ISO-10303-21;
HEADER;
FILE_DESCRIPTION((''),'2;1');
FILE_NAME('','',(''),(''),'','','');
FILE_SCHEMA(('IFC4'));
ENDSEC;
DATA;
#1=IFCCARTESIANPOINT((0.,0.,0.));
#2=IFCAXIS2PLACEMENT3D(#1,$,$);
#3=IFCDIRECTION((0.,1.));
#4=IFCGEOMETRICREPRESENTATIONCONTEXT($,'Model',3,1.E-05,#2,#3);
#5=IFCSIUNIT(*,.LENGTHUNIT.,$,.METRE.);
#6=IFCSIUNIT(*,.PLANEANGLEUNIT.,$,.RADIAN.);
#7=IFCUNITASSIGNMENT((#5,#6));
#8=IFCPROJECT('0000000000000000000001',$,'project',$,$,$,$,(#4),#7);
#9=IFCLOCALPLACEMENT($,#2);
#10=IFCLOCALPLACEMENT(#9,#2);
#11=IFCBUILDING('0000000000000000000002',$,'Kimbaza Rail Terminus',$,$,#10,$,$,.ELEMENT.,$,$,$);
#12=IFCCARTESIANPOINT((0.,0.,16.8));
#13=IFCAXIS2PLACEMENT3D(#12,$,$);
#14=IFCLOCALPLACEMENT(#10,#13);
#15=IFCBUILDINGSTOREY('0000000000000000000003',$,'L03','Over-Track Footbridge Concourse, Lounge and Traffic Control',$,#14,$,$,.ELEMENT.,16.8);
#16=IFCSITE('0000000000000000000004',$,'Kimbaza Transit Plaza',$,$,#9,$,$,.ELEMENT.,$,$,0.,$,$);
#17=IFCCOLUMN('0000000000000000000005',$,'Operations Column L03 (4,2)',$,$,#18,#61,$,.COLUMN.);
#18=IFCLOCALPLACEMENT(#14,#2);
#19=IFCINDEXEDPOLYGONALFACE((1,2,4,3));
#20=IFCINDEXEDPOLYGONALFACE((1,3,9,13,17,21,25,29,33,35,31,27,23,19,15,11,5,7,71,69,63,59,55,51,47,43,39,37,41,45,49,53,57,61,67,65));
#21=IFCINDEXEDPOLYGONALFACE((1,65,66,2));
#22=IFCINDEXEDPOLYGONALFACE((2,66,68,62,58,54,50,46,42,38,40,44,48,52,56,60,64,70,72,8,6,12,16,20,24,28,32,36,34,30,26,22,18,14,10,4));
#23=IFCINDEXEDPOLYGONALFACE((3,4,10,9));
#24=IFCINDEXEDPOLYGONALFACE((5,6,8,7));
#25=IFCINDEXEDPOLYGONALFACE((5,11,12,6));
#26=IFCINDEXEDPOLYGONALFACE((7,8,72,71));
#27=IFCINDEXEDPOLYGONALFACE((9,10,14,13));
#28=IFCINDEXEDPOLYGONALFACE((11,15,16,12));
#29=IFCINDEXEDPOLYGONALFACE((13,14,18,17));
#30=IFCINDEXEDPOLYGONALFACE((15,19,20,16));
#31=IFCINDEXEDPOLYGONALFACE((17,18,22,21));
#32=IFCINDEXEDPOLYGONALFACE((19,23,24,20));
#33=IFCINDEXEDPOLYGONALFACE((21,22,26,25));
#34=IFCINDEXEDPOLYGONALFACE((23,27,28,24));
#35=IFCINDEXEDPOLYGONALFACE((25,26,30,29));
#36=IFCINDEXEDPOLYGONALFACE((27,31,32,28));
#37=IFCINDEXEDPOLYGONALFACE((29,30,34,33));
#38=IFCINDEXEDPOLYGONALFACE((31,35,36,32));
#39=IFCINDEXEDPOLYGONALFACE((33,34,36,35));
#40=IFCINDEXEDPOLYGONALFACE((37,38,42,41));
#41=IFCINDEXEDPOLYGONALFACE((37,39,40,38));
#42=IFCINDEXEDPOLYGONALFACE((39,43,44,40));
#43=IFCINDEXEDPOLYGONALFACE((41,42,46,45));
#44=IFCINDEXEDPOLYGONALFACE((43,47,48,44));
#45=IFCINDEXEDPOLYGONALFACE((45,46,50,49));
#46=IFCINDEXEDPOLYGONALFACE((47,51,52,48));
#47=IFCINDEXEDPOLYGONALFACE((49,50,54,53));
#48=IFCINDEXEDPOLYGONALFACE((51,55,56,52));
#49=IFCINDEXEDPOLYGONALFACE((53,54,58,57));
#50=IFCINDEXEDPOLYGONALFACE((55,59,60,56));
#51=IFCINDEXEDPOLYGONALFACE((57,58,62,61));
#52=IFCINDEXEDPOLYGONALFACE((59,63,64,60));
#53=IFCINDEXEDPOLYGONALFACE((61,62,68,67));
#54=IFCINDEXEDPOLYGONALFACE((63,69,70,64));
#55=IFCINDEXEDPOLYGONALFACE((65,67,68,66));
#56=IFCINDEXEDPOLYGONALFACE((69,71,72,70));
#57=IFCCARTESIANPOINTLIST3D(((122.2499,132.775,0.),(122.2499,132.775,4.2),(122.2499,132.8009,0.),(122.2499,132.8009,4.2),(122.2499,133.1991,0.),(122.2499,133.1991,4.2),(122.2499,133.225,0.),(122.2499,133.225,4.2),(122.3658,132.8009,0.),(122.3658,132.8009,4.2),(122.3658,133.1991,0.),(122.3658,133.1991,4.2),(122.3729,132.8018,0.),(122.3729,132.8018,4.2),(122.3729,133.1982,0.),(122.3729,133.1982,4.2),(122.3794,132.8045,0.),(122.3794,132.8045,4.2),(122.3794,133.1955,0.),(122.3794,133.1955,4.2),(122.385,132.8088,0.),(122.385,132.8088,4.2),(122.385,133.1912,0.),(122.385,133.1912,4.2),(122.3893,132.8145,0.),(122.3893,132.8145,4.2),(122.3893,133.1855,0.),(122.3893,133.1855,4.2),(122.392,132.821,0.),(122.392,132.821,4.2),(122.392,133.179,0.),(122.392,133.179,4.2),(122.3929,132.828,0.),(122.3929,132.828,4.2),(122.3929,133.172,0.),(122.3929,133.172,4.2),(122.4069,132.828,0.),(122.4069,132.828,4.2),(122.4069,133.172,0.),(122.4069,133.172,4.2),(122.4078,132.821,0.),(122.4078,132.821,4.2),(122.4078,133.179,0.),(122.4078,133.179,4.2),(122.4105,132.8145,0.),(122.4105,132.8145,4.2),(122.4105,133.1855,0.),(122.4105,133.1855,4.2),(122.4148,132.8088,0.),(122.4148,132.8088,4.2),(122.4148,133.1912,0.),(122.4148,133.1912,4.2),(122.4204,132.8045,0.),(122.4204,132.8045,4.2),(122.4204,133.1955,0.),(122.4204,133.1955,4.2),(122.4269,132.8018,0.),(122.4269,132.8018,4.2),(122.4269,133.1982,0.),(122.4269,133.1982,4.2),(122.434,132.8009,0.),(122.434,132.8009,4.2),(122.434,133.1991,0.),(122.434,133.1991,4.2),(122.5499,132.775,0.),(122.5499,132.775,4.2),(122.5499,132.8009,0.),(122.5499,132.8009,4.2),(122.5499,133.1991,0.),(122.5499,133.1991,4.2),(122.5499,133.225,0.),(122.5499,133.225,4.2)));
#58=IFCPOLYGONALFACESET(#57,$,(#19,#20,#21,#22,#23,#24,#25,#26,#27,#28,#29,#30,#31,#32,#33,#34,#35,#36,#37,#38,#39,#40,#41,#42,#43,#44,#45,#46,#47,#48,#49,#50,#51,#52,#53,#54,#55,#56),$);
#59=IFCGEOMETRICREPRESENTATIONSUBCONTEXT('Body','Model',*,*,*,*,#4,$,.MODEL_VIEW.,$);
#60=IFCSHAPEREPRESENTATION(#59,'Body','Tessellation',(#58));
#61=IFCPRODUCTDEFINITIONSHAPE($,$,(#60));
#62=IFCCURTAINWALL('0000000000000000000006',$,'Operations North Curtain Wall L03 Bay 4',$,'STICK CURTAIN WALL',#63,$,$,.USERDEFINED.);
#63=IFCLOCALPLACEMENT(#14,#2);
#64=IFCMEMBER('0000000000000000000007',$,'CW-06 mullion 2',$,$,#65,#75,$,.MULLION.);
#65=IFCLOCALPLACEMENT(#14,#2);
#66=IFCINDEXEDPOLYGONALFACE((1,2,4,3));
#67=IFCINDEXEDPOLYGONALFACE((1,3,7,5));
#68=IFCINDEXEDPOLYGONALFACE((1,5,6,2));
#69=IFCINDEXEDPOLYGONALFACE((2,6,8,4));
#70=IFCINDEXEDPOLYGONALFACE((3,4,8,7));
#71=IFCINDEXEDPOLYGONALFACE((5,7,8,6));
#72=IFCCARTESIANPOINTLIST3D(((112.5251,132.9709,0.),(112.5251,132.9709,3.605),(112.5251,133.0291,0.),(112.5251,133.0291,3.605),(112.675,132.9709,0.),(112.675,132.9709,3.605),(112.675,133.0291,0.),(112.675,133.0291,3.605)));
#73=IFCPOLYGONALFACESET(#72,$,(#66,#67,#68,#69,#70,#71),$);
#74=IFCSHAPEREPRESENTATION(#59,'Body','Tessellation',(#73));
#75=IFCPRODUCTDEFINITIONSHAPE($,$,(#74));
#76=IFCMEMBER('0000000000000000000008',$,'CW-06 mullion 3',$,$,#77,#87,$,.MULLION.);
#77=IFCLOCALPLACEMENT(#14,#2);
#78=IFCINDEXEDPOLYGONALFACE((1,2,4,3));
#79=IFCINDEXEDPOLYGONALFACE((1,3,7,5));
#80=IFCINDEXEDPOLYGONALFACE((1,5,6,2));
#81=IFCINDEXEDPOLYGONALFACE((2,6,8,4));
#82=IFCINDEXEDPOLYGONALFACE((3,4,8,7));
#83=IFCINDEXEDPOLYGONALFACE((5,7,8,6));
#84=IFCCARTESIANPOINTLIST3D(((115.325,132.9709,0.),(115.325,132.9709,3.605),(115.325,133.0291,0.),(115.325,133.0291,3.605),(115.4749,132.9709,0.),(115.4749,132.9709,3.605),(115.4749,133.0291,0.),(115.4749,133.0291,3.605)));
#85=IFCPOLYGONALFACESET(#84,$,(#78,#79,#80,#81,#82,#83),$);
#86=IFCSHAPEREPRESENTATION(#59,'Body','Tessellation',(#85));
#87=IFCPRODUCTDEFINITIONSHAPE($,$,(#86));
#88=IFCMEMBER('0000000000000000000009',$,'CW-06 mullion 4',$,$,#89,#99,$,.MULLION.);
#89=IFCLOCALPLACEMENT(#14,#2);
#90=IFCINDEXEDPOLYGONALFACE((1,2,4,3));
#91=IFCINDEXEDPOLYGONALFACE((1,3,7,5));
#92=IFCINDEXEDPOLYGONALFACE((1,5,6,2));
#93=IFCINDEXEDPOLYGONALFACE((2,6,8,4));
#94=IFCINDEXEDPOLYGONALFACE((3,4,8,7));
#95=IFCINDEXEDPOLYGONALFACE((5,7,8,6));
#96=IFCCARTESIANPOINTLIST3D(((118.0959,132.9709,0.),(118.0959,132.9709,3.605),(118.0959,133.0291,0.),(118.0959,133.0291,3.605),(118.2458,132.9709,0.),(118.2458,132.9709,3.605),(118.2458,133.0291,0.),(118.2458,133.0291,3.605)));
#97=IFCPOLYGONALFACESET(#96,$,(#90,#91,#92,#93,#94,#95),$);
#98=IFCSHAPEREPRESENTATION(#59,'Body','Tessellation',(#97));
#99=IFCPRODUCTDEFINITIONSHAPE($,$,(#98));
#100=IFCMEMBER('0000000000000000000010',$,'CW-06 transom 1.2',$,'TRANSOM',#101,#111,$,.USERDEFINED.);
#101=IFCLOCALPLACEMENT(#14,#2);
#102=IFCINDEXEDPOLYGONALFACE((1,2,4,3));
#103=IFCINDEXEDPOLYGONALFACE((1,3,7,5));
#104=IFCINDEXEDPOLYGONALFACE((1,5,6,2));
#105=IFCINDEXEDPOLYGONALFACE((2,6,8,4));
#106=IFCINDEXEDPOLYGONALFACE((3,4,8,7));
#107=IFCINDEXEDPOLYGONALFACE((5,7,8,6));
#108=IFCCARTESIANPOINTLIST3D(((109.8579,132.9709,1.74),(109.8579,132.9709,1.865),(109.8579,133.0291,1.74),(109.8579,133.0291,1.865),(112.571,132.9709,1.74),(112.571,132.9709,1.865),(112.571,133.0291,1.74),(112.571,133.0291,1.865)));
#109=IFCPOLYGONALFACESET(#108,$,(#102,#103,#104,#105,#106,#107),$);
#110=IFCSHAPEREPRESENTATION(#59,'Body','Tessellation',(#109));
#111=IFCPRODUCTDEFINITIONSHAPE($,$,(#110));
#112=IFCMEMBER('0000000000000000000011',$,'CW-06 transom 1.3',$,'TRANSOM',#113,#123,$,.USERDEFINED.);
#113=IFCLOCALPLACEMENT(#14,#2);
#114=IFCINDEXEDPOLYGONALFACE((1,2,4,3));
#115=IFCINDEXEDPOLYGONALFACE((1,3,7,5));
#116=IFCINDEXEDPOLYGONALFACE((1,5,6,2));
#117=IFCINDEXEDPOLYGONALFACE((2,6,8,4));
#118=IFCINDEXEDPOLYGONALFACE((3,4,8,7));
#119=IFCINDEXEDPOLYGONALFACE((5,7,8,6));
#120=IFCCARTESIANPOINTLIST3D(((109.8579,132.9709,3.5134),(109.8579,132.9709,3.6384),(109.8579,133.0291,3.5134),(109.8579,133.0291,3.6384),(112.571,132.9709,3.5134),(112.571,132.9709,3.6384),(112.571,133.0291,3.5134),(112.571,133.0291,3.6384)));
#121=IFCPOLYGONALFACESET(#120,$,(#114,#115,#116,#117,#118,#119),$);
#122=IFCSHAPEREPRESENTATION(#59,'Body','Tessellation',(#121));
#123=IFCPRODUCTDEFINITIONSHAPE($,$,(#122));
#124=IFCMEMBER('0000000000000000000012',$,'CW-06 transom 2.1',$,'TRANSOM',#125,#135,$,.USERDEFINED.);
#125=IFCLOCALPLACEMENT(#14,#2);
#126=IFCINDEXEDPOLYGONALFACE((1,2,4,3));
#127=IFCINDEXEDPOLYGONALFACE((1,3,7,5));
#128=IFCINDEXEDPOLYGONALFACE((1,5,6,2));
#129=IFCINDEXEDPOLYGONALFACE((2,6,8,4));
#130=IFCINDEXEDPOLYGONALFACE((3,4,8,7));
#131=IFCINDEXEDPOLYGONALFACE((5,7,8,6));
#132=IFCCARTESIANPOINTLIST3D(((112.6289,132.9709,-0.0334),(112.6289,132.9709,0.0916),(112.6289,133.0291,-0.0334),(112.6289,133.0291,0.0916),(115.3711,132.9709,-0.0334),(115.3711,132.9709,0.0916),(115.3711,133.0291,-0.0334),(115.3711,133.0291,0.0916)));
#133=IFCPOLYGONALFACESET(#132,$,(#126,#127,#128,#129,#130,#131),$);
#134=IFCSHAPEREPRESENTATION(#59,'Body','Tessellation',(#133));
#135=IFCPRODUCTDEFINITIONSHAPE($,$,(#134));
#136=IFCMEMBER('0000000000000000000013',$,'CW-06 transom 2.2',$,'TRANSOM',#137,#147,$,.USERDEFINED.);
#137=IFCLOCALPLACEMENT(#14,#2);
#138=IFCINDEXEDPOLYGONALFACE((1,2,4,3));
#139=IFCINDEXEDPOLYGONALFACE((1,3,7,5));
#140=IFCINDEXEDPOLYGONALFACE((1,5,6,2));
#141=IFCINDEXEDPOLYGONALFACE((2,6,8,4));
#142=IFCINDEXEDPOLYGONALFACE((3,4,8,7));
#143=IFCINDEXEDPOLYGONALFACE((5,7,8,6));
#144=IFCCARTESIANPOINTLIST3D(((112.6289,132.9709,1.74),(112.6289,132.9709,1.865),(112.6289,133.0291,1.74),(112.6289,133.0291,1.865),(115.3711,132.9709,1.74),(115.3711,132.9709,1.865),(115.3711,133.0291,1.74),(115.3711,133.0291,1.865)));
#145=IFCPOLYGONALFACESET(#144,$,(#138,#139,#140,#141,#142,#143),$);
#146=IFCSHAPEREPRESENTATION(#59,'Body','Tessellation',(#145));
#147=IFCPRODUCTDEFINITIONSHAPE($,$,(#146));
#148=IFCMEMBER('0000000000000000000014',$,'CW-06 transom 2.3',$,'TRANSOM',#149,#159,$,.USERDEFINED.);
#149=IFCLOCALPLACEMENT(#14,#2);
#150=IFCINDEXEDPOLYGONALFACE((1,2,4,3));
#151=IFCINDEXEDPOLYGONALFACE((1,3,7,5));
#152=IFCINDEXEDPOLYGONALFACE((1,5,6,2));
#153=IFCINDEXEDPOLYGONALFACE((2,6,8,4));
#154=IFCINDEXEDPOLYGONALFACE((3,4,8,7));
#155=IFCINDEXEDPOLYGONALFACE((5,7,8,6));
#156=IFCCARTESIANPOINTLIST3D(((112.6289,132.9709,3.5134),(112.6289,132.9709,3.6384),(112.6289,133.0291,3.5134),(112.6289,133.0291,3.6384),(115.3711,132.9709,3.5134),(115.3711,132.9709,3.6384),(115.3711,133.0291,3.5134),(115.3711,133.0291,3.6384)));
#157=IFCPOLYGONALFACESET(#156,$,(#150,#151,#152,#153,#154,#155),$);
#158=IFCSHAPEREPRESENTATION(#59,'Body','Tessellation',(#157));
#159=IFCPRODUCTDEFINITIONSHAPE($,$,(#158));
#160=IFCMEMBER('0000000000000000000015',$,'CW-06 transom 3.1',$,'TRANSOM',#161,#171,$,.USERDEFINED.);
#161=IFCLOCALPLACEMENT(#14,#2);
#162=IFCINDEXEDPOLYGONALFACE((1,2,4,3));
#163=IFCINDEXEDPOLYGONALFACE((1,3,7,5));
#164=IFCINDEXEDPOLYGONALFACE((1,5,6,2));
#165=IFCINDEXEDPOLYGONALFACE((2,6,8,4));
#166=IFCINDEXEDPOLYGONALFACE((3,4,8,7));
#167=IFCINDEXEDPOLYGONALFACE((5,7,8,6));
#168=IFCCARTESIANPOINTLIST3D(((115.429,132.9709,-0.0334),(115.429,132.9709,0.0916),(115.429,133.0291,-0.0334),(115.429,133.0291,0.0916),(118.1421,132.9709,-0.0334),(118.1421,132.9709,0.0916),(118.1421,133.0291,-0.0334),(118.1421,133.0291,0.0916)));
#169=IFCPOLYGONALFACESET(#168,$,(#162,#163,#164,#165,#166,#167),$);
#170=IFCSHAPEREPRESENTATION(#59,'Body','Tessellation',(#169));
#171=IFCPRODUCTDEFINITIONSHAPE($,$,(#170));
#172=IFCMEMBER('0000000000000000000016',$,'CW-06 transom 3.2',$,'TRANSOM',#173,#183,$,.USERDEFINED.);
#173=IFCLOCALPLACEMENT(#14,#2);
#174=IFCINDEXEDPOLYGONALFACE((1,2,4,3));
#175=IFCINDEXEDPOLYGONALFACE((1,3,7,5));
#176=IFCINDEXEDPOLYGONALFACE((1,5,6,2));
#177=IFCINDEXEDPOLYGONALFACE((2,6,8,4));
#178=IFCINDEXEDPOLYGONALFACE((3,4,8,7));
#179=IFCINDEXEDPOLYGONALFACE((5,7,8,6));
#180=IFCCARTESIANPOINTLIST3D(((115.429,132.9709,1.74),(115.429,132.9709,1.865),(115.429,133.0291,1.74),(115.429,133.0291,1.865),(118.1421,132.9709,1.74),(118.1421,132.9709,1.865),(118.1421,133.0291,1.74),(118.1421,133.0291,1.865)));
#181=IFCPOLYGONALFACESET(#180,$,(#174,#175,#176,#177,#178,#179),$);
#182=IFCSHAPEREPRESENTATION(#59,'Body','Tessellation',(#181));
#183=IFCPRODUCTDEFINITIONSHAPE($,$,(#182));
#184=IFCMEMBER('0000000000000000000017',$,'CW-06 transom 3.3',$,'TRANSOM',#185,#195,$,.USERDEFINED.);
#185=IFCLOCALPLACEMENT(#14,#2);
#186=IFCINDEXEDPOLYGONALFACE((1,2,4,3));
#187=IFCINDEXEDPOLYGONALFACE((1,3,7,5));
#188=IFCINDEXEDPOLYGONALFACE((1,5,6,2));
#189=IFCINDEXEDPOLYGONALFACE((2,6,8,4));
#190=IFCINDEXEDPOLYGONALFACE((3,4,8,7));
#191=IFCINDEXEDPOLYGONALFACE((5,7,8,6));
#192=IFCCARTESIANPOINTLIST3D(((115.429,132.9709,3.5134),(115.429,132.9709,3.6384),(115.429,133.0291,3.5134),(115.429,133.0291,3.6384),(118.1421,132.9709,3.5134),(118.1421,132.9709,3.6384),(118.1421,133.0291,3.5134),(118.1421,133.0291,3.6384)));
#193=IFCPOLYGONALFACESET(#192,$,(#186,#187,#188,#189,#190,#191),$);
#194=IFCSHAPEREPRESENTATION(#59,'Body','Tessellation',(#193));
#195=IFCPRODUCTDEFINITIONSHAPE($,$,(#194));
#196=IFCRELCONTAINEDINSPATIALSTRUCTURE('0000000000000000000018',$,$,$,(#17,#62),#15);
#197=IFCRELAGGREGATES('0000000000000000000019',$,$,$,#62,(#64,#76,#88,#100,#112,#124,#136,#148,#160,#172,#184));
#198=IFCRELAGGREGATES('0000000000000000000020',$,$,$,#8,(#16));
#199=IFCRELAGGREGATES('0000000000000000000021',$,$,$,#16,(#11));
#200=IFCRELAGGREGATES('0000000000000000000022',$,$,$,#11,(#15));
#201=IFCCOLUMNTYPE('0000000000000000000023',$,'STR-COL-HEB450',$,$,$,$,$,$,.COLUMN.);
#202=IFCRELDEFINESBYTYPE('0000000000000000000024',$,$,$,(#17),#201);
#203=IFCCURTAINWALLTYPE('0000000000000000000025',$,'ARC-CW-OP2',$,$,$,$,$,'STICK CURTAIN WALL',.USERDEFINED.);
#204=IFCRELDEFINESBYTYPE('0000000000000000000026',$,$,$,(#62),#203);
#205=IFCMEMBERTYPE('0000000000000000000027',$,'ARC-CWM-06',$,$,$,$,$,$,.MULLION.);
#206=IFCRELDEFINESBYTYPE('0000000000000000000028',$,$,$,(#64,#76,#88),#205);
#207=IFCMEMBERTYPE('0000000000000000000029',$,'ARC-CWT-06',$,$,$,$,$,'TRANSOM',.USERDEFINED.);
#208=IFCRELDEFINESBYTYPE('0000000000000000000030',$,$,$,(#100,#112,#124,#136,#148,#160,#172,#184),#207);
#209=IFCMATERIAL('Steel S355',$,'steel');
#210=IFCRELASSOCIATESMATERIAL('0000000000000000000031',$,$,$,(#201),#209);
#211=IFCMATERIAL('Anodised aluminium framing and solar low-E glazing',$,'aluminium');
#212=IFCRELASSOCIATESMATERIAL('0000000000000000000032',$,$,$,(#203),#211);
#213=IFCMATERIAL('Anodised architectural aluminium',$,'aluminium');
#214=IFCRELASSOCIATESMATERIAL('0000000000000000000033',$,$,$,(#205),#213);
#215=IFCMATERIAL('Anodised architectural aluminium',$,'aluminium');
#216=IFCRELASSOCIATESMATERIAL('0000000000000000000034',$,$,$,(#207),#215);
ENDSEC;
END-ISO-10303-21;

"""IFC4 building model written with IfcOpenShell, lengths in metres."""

from ifc_helpers import new_model, si_unit, direction, frame, origin, origin_2d, place, context, subcontext, project, spatial, rectangle, i_section, extrude, material, material_profile, profile_set, type_object, element, aggregate, save


model = new_model("IFC4")

# Units and contexts
model_context = context("Model", 3, precision=1e-05, world=origin(), true_north=direction((0.0, 1.0)))
body_context = subcontext(model_context, "Body", "Model", "MODEL_VIEW")
ifc_project = project(units=[si_unit("LENGTHUNIT", "METRE"), si_unit("PLANEANGLEUNIT", "RADIAN")], contexts=[model_context])

# Site, building, storey
site_placement = place(None, origin())
site = spatial("IfcSite", under=ifc_project, at=site_placement, Name="Kimbaza Transit Plaza", CompositionType="ELEMENT", RefElevation=0.0)
building_placement = place(site_placement, origin())
building = spatial("IfcBuilding", under=site, at=building_placement, Name="Kimbaza Rail Terminus", CompositionType="ELEMENT")
storey_placement = place(building_placement, frame((0.0, 0.0, 16.8)))
storey = spatial("IfcBuildingStorey", under=building, at=storey_placement, Name="L03", Description="Over-Track Footbridge Concourse, Lounge and Traffic Control", CompositionType="ELEMENT", Elevation=16.8)

# Column
ifc_material_1 = material(Name="Steel S355", Category="steel")
ifc_material_profile_1 = material_profile(ifc_material_1, i_section(OverallWidth=0.3, OverallDepth=0.45, WebThickness=0.0139, FlangeThickness=0.0259, FilletRadius=0.0271, at=origin_2d()), Name="HEB 450")
ifc_profile_set_1 = profile_set([ifc_material_profile_1], Name="Steel S355")
column_type = type_object("IfcColumnType", Name="STR-COL-HEB450", PredefinedType="COLUMN", material=ifc_profile_set_1)
column_placement = place(storey_placement, frame((122.3999, 133.0, 0.0), z_axis=(0.0, 0.0, 1.0), x_axis=(1.0, 0.0, 0.0)))
element("IfcColumn", 1, at=column_placement, inside=storey, type_object=column_type, Name="Operations Column L03 (4,2)", PredefinedType="COLUMN", context=body_context, shape_type="SweptSolid", body=[
    extrude(i_section(OverallWidth=0.3, OverallDepth=0.45, WebThickness=0.0139, FlangeThickness=0.0259, FilletRadius=0.0271, at=origin_2d()), origin(), (0.0, 0.0, 1.0), 4.2),
])

# Curtain wall, members
ifc_material_2 = material(Name="Anodised aluminium framing and solar low-E glazing", Category="aluminium")
curtain_wall_type = type_object("IfcCurtainWallType", Name="ARC-CW-OP2", ElementType="STICK CURTAIN WALL", PredefinedType="USERDEFINED", material=ifc_material_2)
curtain_wall_placement = place(storey_placement, origin())
curtain_wall = element("IfcCurtainWall", 2, at=curtain_wall_placement, inside=storey, type_object=curtain_wall_type, Name="Operations North Curtain Wall L03 Bay 4", ObjectType="STICK CURTAIN WALL", PredefinedType="USERDEFINED")
ifc_material_3 = material(Name="Anodised architectural aluminium", Category="aluminium")
ifc_material_profile_2 = material_profile(ifc_material_3, rectangle(XDim=0.0581, YDim=0.1499, at=origin_2d()), Name="MULLION 58x150")
ifc_profile_set_2 = profile_set([ifc_material_profile_2], Name="Anodised architectural aluminium")
member_type_1 = type_object("IfcMemberType", Name="ARC-CWM-06", PredefinedType="MULLION", material=ifc_profile_set_2)
member_1_placement = place(storey_placement, frame((112.6001, 133.0, 0.0), z_axis=(0.0, 0.0, 1.0), x_axis=(0.0, 1.0, 0.0)))
member_1 = element("IfcMember", 3, at=member_1_placement, type_object=member_type_1, Name="CW-06 mullion 2", PredefinedType="MULLION", context=body_context, shape_type="SweptSolid", body=[
    extrude(rectangle(XDim=0.0581, YDim=0.1499, at=origin_2d()), origin(), (0.0, 0.0, 1.0), 3.605),
])
member_2_placement = place(storey_placement, frame((115.3999, 133.0, 0.0), z_axis=(0.0, 0.0, 1.0), x_axis=(0.0, 1.0, 0.0)))
member_2 = element("IfcMember", 4, at=member_2_placement, type_object=member_type_1, Name="CW-06 mullion 3", PredefinedType="MULLION", context=body_context, shape_type="SweptSolid", body=[
    extrude(rectangle(XDim=0.0581, YDim=0.1499, at=origin_2d()), origin(), (0.0, 0.0, 1.0), 3.605),
])
member_3_placement = place(storey_placement, frame((118.1709, 133.0, 0.0), z_axis=(0.0, 0.0, 1.0), x_axis=(0.0, 1.0, 0.0)))
member_3 = element("IfcMember", 5, at=member_3_placement, type_object=member_type_1, Name="CW-06 mullion 4", PredefinedType="MULLION", context=body_context, shape_type="SweptSolid", body=[
    extrude(rectangle(XDim=0.0581, YDim=0.1499, at=origin_2d()), origin(), (0.0, 0.0, 1.0), 3.605),
])
ifc_material_4 = material(Name="Anodised architectural aluminium", Category="aluminium")
ifc_material_profile_3 = material_profile(ifc_material_4, rectangle(XDim=0.0581, YDim=0.125, at=origin_2d()), Name="TRANSOM 58x125")
ifc_profile_set_3 = profile_set([ifc_material_profile_3], Name="Anodised architectural aluminium")
member_type_2 = type_object("IfcMemberType", Name="ARC-CWT-06", ElementType="TRANSOM", PredefinedType="USERDEFINED", material=ifc_profile_set_3)
member_4_placement = place(storey_placement, frame((109.8579, 133.0, 1.8025), z_axis=(1.0, 0.0, 0.0), x_axis=(0.0, 1.0, 0.0)))
member_4 = element("IfcMember", 6, at=member_4_placement, type_object=member_type_2, Name="CW-06 transom 1.2", ObjectType="TRANSOM", PredefinedType="USERDEFINED", context=body_context, shape_type="SweptSolid", body=[
    extrude(rectangle(XDim=0.0581, YDim=0.125, at=origin_2d()), origin(), (0.0, 0.0, 1.0), 2.7131),
])
member_5_placement = place(storey_placement, frame((109.8579, 133.0, 3.5759), z_axis=(1.0, 0.0, 0.0), x_axis=(0.0, 1.0, 0.0)))
member_5 = element("IfcMember", 7, at=member_5_placement, type_object=member_type_2, Name="CW-06 transom 1.3", ObjectType="TRANSOM", PredefinedType="USERDEFINED", context=body_context, shape_type="SweptSolid", body=[
    extrude(rectangle(XDim=0.0581, YDim=0.125, at=origin_2d()), origin(), (0.0, 0.0, 1.0), 2.7131),
])
member_6_placement = place(storey_placement, frame((112.6289, 133.0, 0.0291), z_axis=(1.0, 0.0, 0.0), x_axis=(0.0, 1.0, 0.0)))
member_6 = element("IfcMember", 8, at=member_6_placement, type_object=member_type_2, Name="CW-06 transom 2.1", ObjectType="TRANSOM", PredefinedType="USERDEFINED", context=body_context, shape_type="SweptSolid", body=[
    extrude(rectangle(XDim=0.0581, YDim=0.125, at=origin_2d()), origin(), (0.0, 0.0, 1.0), 2.7422),
])
member_7_placement = place(storey_placement, frame((112.6289, 133.0, 1.8025), z_axis=(1.0, 0.0, 0.0), x_axis=(0.0, 1.0, 0.0)))
member_7 = element("IfcMember", 9, at=member_7_placement, type_object=member_type_2, Name="CW-06 transom 2.2", ObjectType="TRANSOM", PredefinedType="USERDEFINED", context=body_context, shape_type="SweptSolid", body=[
    extrude(rectangle(XDim=0.0581, YDim=0.125, at=origin_2d()), origin(), (0.0, 0.0, 1.0), 2.7422),
])
member_8_placement = place(storey_placement, frame((112.6289, 133.0, 3.5759), z_axis=(1.0, 0.0, 0.0), x_axis=(0.0, 1.0, 0.0)))
member_8 = element("IfcMember", 10, at=member_8_placement, type_object=member_type_2, Name="CW-06 transom 2.3", ObjectType="TRANSOM", PredefinedType="USERDEFINED", context=body_context, shape_type="SweptSolid", body=[
    extrude(rectangle(XDim=0.0581, YDim=0.125, at=origin_2d()), origin(), (0.0, 0.0, 1.0), 2.7422),
])
member_9_placement = place(storey_placement, frame((115.429, 133.0, 0.0291), z_axis=(1.0, 0.0, 0.0), x_axis=(0.0, 1.0, 0.0)))
member_9 = element("IfcMember", 11, at=member_9_placement, type_object=member_type_2, Name="CW-06 transom 3.1", ObjectType="TRANSOM", PredefinedType="USERDEFINED", context=body_context, shape_type="SweptSolid", body=[
    extrude(rectangle(XDim=0.0581, YDim=0.125, at=origin_2d()), origin(), (0.0, 0.0, 1.0), 2.7131),
])
member_10_placement = place(storey_placement, frame((115.429, 133.0, 1.8025), z_axis=(1.0, 0.0, 0.0), x_axis=(0.0, 1.0, 0.0)))
member_10 = element("IfcMember", 12, at=member_10_placement, type_object=member_type_2, Name="CW-06 transom 3.2", ObjectType="TRANSOM", PredefinedType="USERDEFINED", context=body_context, shape_type="SweptSolid", body=[
    extrude(rectangle(XDim=0.0581, YDim=0.125, at=origin_2d()), origin(), (0.0, 0.0, 1.0), 2.7131),
])
member_11_placement = place(storey_placement, frame((115.429, 133.0, 3.5759), z_axis=(1.0, 0.0, 0.0), x_axis=(0.0, 1.0, 0.0)))
member_11 = element("IfcMember", 13, at=member_11_placement, type_object=member_type_2, Name="CW-06 transom 3.3", ObjectType="TRANSOM", PredefinedType="USERDEFINED", context=body_context, shape_type="SweptSolid", body=[
    extrude(rectangle(XDim=0.0581, YDim=0.125, at=origin_2d()), origin(), (0.0, 0.0, 1.0), 2.7131),
])

aggregate(curtain_wall, [member_1, member_2, member_3, member_4, member_5, member_6, member_7, member_8, member_9, member_10, member_11])

save(model, "model.ifc")
